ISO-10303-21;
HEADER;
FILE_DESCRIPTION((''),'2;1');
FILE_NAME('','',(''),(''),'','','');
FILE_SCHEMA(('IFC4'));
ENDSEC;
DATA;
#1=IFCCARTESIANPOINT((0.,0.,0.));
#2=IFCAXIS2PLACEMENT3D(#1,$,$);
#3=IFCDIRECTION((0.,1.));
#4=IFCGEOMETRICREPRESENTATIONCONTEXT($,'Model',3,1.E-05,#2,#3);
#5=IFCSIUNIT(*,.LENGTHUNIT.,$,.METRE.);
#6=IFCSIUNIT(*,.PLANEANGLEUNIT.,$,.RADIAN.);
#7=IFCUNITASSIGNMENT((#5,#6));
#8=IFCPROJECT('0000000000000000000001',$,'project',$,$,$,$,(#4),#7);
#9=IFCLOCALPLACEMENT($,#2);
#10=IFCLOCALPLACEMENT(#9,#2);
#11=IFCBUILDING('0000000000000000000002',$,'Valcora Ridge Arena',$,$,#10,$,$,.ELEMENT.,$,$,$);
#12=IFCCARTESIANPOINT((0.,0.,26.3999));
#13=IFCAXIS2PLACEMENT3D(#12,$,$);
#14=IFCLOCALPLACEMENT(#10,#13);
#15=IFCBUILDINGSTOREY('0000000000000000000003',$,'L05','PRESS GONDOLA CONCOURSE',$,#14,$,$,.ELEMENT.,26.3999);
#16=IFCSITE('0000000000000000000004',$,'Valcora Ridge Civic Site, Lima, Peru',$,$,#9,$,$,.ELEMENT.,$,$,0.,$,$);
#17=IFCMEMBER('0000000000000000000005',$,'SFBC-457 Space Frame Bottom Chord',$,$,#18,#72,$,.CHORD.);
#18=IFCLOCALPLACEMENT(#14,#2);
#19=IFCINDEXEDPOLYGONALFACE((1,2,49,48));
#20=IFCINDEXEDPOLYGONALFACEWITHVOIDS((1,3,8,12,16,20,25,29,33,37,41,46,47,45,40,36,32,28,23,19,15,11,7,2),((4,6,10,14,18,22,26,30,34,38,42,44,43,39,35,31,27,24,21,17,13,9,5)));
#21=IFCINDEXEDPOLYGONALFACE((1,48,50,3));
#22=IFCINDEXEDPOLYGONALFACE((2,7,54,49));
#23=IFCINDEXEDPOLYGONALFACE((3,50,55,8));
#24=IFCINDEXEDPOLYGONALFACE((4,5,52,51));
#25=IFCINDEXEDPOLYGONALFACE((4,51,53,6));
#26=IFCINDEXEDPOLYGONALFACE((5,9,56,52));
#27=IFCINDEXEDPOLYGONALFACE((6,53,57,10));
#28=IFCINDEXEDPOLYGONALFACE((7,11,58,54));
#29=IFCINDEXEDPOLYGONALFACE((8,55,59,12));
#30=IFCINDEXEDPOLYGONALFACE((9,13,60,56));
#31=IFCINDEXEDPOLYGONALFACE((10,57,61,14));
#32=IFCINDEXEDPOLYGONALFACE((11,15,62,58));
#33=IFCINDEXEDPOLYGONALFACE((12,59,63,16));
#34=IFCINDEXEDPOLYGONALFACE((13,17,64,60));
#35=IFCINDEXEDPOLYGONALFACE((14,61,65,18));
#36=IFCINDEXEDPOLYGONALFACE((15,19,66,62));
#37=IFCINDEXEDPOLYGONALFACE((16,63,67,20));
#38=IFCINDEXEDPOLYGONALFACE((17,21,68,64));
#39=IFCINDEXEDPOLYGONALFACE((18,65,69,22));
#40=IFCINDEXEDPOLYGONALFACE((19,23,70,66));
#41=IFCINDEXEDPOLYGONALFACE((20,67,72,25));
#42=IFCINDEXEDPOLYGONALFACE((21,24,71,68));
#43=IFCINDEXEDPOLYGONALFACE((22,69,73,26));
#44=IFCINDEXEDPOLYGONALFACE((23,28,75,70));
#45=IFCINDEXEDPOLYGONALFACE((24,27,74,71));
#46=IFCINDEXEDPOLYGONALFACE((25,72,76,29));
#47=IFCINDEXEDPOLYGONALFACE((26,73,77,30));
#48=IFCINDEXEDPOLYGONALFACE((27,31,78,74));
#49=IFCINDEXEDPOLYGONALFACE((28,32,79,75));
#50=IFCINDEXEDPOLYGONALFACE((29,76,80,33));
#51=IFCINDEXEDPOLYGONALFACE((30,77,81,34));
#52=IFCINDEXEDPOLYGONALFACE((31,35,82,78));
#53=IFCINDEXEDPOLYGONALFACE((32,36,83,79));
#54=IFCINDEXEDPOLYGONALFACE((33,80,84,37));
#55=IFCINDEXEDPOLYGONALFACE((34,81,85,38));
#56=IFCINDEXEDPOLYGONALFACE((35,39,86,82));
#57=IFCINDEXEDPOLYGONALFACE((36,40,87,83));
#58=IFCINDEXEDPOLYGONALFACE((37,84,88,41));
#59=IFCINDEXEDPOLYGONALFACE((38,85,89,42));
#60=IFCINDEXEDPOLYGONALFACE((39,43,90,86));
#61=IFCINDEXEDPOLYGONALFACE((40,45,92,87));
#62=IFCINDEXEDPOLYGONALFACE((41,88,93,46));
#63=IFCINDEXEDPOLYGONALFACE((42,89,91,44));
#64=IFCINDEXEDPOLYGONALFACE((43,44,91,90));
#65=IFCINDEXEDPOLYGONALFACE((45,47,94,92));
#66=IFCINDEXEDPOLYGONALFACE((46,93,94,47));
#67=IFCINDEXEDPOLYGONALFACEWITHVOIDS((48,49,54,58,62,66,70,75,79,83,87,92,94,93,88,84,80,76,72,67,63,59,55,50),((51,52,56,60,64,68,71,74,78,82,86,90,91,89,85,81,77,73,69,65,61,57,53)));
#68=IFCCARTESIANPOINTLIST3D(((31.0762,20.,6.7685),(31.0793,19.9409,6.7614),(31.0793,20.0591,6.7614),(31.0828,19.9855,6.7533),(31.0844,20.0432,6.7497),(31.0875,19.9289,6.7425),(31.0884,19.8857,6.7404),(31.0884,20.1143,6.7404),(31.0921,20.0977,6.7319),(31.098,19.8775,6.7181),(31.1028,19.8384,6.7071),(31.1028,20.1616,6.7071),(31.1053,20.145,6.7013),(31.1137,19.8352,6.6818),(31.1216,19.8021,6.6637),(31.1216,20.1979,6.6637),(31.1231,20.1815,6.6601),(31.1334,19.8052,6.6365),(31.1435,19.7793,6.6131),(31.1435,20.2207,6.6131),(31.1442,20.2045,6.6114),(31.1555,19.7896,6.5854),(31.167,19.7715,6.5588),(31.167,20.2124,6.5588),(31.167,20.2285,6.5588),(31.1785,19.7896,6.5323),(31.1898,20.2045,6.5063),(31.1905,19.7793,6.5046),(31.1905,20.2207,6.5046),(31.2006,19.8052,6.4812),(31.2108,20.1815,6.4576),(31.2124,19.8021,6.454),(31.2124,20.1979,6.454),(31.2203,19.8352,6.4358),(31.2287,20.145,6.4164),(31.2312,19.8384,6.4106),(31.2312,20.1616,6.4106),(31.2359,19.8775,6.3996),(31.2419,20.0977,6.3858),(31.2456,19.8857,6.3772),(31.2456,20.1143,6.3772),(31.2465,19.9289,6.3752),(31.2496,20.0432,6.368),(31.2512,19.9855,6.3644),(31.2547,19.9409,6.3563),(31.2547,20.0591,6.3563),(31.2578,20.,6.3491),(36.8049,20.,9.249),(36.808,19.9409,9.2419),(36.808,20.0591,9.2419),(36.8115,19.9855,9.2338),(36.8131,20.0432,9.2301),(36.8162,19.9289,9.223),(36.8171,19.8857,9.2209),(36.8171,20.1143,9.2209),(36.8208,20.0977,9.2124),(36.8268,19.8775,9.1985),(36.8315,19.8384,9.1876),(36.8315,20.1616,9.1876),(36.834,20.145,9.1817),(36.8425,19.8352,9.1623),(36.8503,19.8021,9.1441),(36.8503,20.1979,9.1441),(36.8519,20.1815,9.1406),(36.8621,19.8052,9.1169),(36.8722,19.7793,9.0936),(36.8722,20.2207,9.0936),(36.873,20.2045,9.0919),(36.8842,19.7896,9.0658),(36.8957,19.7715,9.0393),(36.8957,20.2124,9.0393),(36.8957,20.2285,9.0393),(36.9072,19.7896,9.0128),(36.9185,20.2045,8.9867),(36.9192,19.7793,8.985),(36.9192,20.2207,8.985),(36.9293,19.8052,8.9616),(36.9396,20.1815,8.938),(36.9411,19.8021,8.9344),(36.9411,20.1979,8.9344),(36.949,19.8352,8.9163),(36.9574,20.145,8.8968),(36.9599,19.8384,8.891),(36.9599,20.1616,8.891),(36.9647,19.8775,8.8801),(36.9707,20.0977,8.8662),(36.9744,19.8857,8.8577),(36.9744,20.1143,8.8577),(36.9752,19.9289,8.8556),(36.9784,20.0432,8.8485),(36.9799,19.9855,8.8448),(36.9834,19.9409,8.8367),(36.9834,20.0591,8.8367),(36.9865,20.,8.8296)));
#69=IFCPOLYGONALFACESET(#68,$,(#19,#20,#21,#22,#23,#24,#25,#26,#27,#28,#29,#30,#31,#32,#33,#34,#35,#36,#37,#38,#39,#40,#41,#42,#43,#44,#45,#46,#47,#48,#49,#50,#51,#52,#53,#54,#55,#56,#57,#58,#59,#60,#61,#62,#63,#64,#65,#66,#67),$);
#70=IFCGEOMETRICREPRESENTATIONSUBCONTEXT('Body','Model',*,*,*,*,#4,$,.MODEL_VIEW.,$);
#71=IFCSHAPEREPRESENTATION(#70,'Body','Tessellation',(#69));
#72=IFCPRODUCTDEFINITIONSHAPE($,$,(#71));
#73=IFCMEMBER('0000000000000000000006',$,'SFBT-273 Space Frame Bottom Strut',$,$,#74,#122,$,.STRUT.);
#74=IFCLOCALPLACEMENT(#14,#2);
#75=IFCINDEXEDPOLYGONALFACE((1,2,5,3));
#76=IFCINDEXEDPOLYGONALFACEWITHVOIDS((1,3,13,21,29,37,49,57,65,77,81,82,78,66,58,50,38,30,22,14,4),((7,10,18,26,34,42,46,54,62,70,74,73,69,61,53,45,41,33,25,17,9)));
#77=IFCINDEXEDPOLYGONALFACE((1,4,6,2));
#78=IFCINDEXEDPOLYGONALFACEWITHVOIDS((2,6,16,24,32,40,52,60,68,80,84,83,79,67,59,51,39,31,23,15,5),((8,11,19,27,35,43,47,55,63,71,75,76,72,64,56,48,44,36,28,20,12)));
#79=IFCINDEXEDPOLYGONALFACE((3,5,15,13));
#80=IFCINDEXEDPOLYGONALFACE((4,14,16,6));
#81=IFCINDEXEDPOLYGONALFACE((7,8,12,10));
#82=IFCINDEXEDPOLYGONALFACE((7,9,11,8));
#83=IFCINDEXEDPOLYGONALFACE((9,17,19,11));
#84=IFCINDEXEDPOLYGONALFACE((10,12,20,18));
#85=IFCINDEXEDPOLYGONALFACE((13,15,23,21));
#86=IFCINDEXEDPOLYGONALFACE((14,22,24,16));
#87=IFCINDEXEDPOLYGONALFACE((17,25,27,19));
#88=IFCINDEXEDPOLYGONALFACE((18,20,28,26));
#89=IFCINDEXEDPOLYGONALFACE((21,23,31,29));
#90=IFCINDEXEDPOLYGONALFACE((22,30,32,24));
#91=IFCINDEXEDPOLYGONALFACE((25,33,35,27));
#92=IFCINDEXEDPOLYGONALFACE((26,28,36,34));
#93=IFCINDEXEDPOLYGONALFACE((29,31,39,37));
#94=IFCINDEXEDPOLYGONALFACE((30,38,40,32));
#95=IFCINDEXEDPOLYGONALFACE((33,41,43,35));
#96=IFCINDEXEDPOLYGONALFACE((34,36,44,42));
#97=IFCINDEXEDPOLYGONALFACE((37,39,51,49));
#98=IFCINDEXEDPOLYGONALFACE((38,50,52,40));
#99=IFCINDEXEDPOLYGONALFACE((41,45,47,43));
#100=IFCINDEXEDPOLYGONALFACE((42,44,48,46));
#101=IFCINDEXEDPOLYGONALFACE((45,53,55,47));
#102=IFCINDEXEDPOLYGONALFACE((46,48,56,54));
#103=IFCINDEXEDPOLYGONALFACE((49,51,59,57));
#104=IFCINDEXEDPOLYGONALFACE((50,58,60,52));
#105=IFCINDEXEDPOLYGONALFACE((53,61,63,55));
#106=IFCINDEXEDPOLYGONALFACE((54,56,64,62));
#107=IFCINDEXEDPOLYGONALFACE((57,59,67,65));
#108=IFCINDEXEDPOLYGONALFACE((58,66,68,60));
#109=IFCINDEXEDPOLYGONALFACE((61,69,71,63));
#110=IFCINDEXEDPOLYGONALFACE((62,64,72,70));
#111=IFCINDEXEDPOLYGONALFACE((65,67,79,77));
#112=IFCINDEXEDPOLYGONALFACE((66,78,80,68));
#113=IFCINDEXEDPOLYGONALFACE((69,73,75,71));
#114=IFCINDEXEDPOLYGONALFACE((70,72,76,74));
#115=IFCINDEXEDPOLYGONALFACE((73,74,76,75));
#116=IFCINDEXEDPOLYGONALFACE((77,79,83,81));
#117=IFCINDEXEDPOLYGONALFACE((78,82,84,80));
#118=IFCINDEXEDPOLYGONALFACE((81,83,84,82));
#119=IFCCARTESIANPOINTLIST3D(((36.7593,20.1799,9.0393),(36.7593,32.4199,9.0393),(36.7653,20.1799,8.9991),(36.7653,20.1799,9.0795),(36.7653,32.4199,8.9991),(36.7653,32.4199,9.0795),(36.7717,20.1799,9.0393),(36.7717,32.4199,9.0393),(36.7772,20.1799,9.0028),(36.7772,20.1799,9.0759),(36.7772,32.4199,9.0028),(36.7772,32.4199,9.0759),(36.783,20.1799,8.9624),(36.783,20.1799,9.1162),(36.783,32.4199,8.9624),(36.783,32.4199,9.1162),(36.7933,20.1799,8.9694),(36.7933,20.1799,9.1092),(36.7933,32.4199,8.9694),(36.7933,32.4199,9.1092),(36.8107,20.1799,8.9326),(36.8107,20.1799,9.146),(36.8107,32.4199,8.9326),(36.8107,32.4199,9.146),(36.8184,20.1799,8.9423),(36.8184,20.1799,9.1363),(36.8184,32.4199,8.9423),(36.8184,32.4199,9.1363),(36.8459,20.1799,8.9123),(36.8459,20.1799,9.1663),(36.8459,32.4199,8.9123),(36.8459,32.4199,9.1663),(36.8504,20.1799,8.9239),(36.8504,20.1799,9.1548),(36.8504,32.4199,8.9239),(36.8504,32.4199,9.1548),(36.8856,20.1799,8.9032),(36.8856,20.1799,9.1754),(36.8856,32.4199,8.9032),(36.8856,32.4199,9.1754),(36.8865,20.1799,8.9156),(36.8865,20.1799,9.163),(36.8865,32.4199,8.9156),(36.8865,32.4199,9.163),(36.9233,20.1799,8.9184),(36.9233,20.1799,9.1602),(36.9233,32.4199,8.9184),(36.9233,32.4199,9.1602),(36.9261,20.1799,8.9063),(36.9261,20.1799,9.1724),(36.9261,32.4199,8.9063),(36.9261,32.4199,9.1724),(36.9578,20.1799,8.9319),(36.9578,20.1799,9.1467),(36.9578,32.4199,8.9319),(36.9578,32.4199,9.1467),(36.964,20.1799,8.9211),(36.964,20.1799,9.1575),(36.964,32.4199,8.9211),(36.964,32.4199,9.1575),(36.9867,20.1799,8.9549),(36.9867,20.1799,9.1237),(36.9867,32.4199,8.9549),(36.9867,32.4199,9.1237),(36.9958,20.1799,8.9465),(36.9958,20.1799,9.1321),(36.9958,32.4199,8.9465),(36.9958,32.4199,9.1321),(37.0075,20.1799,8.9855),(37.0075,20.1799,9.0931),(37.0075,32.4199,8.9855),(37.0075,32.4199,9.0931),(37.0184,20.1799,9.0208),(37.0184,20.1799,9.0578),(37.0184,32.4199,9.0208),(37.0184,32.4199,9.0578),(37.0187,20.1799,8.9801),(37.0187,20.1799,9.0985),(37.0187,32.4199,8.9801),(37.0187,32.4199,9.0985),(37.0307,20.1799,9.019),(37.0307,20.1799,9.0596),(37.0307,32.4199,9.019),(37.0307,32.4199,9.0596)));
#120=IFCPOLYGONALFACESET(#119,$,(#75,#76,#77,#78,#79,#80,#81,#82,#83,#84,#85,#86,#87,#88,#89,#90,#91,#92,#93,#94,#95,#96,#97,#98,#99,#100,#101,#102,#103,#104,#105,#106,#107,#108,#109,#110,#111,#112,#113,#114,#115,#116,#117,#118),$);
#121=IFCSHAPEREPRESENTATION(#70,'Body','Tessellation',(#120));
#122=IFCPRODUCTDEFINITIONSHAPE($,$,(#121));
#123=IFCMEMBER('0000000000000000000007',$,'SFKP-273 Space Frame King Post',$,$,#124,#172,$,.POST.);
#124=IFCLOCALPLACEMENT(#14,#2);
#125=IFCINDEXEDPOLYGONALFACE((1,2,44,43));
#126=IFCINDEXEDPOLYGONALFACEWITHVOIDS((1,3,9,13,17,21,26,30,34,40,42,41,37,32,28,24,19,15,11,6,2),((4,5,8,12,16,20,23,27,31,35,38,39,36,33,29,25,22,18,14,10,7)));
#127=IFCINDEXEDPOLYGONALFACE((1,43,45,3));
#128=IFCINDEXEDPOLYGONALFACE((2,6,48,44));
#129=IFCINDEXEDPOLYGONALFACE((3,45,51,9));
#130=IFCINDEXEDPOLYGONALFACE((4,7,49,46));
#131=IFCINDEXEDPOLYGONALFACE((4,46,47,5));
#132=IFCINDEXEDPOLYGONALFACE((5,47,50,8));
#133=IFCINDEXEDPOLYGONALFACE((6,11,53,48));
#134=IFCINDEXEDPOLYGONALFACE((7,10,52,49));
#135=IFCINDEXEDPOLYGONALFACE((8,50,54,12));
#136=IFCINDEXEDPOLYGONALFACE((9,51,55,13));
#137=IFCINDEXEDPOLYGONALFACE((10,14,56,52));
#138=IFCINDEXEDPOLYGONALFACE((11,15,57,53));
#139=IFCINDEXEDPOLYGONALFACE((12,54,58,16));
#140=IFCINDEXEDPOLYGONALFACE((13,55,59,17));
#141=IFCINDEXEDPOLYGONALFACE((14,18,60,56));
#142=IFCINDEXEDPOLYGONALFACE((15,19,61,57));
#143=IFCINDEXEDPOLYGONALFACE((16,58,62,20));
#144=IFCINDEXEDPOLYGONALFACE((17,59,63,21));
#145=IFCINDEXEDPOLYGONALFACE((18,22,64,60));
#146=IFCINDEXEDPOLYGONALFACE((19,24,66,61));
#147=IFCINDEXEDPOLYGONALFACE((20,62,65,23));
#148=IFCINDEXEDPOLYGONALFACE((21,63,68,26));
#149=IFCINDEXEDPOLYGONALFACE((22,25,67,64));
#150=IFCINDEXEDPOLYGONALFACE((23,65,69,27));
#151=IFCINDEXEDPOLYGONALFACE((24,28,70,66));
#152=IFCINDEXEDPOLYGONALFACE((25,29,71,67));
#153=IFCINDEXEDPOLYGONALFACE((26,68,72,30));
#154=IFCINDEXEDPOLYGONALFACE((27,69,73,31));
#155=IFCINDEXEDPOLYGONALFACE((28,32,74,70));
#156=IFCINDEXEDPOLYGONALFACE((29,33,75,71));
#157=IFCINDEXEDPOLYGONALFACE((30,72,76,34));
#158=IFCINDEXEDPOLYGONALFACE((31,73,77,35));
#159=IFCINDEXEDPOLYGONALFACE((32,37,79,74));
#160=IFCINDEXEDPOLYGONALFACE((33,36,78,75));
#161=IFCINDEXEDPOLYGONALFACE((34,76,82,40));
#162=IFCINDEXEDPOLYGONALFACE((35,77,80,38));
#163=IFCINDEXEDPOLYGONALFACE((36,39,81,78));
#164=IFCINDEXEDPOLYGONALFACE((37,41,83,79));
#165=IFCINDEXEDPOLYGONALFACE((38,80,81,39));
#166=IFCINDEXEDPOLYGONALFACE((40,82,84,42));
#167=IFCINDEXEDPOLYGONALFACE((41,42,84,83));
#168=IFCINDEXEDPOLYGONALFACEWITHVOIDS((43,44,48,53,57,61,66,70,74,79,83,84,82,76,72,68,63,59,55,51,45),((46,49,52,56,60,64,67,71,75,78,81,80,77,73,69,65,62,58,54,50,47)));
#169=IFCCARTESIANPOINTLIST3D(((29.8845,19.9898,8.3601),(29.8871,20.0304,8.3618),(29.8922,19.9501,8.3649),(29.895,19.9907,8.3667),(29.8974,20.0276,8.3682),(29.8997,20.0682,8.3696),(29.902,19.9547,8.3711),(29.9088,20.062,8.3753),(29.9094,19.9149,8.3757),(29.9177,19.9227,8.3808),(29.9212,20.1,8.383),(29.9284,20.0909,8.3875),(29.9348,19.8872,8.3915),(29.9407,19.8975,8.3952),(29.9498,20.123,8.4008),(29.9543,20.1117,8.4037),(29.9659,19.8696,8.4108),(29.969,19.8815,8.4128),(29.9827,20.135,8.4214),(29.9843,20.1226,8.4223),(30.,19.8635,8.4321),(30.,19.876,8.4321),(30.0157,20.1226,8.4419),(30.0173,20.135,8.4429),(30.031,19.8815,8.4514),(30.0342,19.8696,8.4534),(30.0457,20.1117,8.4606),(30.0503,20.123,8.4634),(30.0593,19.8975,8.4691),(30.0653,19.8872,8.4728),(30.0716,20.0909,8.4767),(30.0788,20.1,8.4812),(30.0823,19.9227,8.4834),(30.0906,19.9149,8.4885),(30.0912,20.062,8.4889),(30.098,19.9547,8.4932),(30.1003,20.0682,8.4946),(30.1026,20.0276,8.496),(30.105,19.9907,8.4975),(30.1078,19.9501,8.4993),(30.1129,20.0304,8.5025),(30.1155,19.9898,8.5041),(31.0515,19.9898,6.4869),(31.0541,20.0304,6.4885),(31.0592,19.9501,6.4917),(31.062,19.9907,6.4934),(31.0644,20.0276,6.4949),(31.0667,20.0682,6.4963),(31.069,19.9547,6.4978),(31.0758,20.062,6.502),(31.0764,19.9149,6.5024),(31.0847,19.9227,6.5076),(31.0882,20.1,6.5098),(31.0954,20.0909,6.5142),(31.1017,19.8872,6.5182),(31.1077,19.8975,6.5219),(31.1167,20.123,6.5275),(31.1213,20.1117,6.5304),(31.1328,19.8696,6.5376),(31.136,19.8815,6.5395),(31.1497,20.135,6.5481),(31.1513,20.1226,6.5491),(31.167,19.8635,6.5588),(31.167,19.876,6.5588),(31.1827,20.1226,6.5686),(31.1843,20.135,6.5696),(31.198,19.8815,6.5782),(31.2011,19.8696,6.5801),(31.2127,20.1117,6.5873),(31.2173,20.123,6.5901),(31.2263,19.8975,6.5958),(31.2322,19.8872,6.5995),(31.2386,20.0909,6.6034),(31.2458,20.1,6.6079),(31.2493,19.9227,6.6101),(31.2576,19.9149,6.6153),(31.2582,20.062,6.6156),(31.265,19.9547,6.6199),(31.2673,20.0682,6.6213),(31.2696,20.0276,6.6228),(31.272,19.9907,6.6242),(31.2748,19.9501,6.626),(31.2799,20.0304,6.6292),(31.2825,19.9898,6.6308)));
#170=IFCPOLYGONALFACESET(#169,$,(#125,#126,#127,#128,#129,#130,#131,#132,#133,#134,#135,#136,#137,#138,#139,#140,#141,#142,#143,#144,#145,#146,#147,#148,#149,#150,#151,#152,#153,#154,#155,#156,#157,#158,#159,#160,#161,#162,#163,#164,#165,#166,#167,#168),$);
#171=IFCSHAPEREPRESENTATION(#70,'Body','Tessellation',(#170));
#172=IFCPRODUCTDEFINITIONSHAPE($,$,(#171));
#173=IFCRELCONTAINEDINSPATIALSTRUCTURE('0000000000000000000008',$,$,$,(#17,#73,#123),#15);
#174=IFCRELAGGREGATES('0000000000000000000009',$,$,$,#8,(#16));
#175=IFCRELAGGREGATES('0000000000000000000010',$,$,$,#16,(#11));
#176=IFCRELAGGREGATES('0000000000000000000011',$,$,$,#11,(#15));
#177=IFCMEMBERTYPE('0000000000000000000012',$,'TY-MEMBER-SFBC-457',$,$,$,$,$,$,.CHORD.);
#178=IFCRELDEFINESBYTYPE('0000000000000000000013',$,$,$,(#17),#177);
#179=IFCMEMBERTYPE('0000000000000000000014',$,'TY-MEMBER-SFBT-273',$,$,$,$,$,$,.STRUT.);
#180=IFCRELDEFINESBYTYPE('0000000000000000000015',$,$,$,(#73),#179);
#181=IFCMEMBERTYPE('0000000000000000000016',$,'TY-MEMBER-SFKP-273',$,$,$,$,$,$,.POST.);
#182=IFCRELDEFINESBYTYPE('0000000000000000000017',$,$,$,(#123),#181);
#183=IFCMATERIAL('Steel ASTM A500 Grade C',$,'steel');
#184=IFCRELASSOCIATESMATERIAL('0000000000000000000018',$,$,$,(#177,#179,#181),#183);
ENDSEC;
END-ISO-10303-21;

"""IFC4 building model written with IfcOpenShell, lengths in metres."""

from ifc_helpers import new_model, si_unit, direction, frame, origin, origin_2d, place, context, subcontext, project, spatial, hollow_circle, extrude, material, material_profile, profile_set, type_object, element, save


model = new_model("IFC4")

# Units and contexts
model_context = context("Model", 3, precision=1e-05, world=origin(), true_north=direction((0.0, 1.0)))
body_context = subcontext(model_context, "Body", "Model", "MODEL_VIEW")
ifc_project = project(units=[si_unit("LENGTHUNIT", "METRE"), si_unit("PLANEANGLEUNIT", "RADIAN")], contexts=[model_context])

# Site, building, storey
site_placement = place(None, origin())
site = spatial("IfcSite", under=ifc_project, at=site_placement, Name="Valcora Ridge Civic Site, Lima, Peru", CompositionType="ELEMENT", RefElevation=0.0)
building_placement = place(site_placement, origin())
building = spatial("IfcBuilding", under=site, at=building_placement, Name="Valcora Ridge Arena", CompositionType="ELEMENT")
storey_placement = place(building_placement, frame((0.0, 0.0, 26.3999)))
storey = spatial("IfcBuildingStorey", under=building, at=storey_placement, Name="L05", Description="PRESS GONDOLA CONCOURSE", CompositionType="ELEMENT", Elevation=26.3999)

# Members
ifc_material_1 = material(Name="Steel ASTM A500 Grade C", Category="steel")
ifc_material_profile_1 = material_profile(ifc_material_1, hollow_circle(Radius=0.2285, WallThickness=0.0161, at=origin_2d()), Name="CHS457X16")
ifc_profile_set_1 = profile_set([ifc_material_profile_1], Name="Steel ASTM A500 Grade C")
member_type_1 = type_object("IfcMemberType", Name="TY-MEMBER-SFBC-457", PredefinedType="CHORD", material=ifc_profile_set_1)
member_1_placement = place(storey_placement, frame((31.167, 20.0, 6.5588), z_axis=(0.917672, 0.0, 0.397339), x_axis=(0.0, 1.0, 0.0)))
element("IfcMember", 1, at=member_1_placement, inside=storey, type_object=member_type_1, Name="SFBC-457 Space Frame Bottom Chord", PredefinedType="CHORD", context=body_context, shape_type="SweptSolid", body=[
    extrude(hollow_circle(Radius=0.2285, WallThickness=0.0161, at=origin_2d()), origin(), (0.0, 0.0, 1.0), 6.2427),
])
ifc_material_profile_2 = material_profile(ifc_material_1, hollow_circle(Radius=0.1365, WallThickness=0.0125, at=origin_2d()), Name="CHS273X12")
ifc_profile_set_2 = profile_set([ifc_material_profile_2], Name="Steel ASTM A500 Grade C")
member_type_2 = type_object("IfcMemberType", Name="TY-MEMBER-SFBT-273", PredefinedType="STRUT", material=ifc_profile_set_2)
member_2_placement = place(storey_placement, frame((36.8958, 20.1799, 9.0393), z_axis=(0.0, 1.0, 0.0), x_axis=(-1.0, 0.0, 0.0)))
element("IfcMember", 2, at=member_2_placement, inside=storey, type_object=member_type_2, Name="SFBT-273 Space Frame Bottom Strut", PredefinedType="STRUT", context=body_context, shape_type="SweptSolid", body=[
    extrude(hollow_circle(Radius=0.1365, WallThickness=0.0125, at=origin_2d()), origin(), (0.0, 0.0, 1.0), 12.24),
])
ifc_material_profile_3 = material_profile(ifc_material_1, hollow_circle(Radius=0.1365, WallThickness=0.0125, at=origin_2d()), Name="CHS273X12")
ifc_profile_set_3 = profile_set([ifc_material_profile_3], Name="Steel ASTM A500 Grade C")
member_type_3 = type_object("IfcMemberType", Name="TY-MEMBER-SFKP-273", PredefinedType="POST", material=ifc_profile_set_3)
member_3_placement = place(storey_placement, frame((31.167, 20.0, 6.5588), z_axis=(-0.528755, 0.0, 0.848774), x_axis=(0.0, -1.0, 0.0)))
element("IfcMember", 3, at=member_3_placement, inside=storey, type_object=member_type_3, Name="SFKP-273 Space Frame King Post", PredefinedType="POST", context=body_context, shape_type="SweptSolid", body=[
    extrude(hollow_circle(Radius=0.1365, WallThickness=0.0125, at=origin_2d()), origin(), (0.0, 0.0, 1.0), 2.207),
])

save(model, "model.ifc")
